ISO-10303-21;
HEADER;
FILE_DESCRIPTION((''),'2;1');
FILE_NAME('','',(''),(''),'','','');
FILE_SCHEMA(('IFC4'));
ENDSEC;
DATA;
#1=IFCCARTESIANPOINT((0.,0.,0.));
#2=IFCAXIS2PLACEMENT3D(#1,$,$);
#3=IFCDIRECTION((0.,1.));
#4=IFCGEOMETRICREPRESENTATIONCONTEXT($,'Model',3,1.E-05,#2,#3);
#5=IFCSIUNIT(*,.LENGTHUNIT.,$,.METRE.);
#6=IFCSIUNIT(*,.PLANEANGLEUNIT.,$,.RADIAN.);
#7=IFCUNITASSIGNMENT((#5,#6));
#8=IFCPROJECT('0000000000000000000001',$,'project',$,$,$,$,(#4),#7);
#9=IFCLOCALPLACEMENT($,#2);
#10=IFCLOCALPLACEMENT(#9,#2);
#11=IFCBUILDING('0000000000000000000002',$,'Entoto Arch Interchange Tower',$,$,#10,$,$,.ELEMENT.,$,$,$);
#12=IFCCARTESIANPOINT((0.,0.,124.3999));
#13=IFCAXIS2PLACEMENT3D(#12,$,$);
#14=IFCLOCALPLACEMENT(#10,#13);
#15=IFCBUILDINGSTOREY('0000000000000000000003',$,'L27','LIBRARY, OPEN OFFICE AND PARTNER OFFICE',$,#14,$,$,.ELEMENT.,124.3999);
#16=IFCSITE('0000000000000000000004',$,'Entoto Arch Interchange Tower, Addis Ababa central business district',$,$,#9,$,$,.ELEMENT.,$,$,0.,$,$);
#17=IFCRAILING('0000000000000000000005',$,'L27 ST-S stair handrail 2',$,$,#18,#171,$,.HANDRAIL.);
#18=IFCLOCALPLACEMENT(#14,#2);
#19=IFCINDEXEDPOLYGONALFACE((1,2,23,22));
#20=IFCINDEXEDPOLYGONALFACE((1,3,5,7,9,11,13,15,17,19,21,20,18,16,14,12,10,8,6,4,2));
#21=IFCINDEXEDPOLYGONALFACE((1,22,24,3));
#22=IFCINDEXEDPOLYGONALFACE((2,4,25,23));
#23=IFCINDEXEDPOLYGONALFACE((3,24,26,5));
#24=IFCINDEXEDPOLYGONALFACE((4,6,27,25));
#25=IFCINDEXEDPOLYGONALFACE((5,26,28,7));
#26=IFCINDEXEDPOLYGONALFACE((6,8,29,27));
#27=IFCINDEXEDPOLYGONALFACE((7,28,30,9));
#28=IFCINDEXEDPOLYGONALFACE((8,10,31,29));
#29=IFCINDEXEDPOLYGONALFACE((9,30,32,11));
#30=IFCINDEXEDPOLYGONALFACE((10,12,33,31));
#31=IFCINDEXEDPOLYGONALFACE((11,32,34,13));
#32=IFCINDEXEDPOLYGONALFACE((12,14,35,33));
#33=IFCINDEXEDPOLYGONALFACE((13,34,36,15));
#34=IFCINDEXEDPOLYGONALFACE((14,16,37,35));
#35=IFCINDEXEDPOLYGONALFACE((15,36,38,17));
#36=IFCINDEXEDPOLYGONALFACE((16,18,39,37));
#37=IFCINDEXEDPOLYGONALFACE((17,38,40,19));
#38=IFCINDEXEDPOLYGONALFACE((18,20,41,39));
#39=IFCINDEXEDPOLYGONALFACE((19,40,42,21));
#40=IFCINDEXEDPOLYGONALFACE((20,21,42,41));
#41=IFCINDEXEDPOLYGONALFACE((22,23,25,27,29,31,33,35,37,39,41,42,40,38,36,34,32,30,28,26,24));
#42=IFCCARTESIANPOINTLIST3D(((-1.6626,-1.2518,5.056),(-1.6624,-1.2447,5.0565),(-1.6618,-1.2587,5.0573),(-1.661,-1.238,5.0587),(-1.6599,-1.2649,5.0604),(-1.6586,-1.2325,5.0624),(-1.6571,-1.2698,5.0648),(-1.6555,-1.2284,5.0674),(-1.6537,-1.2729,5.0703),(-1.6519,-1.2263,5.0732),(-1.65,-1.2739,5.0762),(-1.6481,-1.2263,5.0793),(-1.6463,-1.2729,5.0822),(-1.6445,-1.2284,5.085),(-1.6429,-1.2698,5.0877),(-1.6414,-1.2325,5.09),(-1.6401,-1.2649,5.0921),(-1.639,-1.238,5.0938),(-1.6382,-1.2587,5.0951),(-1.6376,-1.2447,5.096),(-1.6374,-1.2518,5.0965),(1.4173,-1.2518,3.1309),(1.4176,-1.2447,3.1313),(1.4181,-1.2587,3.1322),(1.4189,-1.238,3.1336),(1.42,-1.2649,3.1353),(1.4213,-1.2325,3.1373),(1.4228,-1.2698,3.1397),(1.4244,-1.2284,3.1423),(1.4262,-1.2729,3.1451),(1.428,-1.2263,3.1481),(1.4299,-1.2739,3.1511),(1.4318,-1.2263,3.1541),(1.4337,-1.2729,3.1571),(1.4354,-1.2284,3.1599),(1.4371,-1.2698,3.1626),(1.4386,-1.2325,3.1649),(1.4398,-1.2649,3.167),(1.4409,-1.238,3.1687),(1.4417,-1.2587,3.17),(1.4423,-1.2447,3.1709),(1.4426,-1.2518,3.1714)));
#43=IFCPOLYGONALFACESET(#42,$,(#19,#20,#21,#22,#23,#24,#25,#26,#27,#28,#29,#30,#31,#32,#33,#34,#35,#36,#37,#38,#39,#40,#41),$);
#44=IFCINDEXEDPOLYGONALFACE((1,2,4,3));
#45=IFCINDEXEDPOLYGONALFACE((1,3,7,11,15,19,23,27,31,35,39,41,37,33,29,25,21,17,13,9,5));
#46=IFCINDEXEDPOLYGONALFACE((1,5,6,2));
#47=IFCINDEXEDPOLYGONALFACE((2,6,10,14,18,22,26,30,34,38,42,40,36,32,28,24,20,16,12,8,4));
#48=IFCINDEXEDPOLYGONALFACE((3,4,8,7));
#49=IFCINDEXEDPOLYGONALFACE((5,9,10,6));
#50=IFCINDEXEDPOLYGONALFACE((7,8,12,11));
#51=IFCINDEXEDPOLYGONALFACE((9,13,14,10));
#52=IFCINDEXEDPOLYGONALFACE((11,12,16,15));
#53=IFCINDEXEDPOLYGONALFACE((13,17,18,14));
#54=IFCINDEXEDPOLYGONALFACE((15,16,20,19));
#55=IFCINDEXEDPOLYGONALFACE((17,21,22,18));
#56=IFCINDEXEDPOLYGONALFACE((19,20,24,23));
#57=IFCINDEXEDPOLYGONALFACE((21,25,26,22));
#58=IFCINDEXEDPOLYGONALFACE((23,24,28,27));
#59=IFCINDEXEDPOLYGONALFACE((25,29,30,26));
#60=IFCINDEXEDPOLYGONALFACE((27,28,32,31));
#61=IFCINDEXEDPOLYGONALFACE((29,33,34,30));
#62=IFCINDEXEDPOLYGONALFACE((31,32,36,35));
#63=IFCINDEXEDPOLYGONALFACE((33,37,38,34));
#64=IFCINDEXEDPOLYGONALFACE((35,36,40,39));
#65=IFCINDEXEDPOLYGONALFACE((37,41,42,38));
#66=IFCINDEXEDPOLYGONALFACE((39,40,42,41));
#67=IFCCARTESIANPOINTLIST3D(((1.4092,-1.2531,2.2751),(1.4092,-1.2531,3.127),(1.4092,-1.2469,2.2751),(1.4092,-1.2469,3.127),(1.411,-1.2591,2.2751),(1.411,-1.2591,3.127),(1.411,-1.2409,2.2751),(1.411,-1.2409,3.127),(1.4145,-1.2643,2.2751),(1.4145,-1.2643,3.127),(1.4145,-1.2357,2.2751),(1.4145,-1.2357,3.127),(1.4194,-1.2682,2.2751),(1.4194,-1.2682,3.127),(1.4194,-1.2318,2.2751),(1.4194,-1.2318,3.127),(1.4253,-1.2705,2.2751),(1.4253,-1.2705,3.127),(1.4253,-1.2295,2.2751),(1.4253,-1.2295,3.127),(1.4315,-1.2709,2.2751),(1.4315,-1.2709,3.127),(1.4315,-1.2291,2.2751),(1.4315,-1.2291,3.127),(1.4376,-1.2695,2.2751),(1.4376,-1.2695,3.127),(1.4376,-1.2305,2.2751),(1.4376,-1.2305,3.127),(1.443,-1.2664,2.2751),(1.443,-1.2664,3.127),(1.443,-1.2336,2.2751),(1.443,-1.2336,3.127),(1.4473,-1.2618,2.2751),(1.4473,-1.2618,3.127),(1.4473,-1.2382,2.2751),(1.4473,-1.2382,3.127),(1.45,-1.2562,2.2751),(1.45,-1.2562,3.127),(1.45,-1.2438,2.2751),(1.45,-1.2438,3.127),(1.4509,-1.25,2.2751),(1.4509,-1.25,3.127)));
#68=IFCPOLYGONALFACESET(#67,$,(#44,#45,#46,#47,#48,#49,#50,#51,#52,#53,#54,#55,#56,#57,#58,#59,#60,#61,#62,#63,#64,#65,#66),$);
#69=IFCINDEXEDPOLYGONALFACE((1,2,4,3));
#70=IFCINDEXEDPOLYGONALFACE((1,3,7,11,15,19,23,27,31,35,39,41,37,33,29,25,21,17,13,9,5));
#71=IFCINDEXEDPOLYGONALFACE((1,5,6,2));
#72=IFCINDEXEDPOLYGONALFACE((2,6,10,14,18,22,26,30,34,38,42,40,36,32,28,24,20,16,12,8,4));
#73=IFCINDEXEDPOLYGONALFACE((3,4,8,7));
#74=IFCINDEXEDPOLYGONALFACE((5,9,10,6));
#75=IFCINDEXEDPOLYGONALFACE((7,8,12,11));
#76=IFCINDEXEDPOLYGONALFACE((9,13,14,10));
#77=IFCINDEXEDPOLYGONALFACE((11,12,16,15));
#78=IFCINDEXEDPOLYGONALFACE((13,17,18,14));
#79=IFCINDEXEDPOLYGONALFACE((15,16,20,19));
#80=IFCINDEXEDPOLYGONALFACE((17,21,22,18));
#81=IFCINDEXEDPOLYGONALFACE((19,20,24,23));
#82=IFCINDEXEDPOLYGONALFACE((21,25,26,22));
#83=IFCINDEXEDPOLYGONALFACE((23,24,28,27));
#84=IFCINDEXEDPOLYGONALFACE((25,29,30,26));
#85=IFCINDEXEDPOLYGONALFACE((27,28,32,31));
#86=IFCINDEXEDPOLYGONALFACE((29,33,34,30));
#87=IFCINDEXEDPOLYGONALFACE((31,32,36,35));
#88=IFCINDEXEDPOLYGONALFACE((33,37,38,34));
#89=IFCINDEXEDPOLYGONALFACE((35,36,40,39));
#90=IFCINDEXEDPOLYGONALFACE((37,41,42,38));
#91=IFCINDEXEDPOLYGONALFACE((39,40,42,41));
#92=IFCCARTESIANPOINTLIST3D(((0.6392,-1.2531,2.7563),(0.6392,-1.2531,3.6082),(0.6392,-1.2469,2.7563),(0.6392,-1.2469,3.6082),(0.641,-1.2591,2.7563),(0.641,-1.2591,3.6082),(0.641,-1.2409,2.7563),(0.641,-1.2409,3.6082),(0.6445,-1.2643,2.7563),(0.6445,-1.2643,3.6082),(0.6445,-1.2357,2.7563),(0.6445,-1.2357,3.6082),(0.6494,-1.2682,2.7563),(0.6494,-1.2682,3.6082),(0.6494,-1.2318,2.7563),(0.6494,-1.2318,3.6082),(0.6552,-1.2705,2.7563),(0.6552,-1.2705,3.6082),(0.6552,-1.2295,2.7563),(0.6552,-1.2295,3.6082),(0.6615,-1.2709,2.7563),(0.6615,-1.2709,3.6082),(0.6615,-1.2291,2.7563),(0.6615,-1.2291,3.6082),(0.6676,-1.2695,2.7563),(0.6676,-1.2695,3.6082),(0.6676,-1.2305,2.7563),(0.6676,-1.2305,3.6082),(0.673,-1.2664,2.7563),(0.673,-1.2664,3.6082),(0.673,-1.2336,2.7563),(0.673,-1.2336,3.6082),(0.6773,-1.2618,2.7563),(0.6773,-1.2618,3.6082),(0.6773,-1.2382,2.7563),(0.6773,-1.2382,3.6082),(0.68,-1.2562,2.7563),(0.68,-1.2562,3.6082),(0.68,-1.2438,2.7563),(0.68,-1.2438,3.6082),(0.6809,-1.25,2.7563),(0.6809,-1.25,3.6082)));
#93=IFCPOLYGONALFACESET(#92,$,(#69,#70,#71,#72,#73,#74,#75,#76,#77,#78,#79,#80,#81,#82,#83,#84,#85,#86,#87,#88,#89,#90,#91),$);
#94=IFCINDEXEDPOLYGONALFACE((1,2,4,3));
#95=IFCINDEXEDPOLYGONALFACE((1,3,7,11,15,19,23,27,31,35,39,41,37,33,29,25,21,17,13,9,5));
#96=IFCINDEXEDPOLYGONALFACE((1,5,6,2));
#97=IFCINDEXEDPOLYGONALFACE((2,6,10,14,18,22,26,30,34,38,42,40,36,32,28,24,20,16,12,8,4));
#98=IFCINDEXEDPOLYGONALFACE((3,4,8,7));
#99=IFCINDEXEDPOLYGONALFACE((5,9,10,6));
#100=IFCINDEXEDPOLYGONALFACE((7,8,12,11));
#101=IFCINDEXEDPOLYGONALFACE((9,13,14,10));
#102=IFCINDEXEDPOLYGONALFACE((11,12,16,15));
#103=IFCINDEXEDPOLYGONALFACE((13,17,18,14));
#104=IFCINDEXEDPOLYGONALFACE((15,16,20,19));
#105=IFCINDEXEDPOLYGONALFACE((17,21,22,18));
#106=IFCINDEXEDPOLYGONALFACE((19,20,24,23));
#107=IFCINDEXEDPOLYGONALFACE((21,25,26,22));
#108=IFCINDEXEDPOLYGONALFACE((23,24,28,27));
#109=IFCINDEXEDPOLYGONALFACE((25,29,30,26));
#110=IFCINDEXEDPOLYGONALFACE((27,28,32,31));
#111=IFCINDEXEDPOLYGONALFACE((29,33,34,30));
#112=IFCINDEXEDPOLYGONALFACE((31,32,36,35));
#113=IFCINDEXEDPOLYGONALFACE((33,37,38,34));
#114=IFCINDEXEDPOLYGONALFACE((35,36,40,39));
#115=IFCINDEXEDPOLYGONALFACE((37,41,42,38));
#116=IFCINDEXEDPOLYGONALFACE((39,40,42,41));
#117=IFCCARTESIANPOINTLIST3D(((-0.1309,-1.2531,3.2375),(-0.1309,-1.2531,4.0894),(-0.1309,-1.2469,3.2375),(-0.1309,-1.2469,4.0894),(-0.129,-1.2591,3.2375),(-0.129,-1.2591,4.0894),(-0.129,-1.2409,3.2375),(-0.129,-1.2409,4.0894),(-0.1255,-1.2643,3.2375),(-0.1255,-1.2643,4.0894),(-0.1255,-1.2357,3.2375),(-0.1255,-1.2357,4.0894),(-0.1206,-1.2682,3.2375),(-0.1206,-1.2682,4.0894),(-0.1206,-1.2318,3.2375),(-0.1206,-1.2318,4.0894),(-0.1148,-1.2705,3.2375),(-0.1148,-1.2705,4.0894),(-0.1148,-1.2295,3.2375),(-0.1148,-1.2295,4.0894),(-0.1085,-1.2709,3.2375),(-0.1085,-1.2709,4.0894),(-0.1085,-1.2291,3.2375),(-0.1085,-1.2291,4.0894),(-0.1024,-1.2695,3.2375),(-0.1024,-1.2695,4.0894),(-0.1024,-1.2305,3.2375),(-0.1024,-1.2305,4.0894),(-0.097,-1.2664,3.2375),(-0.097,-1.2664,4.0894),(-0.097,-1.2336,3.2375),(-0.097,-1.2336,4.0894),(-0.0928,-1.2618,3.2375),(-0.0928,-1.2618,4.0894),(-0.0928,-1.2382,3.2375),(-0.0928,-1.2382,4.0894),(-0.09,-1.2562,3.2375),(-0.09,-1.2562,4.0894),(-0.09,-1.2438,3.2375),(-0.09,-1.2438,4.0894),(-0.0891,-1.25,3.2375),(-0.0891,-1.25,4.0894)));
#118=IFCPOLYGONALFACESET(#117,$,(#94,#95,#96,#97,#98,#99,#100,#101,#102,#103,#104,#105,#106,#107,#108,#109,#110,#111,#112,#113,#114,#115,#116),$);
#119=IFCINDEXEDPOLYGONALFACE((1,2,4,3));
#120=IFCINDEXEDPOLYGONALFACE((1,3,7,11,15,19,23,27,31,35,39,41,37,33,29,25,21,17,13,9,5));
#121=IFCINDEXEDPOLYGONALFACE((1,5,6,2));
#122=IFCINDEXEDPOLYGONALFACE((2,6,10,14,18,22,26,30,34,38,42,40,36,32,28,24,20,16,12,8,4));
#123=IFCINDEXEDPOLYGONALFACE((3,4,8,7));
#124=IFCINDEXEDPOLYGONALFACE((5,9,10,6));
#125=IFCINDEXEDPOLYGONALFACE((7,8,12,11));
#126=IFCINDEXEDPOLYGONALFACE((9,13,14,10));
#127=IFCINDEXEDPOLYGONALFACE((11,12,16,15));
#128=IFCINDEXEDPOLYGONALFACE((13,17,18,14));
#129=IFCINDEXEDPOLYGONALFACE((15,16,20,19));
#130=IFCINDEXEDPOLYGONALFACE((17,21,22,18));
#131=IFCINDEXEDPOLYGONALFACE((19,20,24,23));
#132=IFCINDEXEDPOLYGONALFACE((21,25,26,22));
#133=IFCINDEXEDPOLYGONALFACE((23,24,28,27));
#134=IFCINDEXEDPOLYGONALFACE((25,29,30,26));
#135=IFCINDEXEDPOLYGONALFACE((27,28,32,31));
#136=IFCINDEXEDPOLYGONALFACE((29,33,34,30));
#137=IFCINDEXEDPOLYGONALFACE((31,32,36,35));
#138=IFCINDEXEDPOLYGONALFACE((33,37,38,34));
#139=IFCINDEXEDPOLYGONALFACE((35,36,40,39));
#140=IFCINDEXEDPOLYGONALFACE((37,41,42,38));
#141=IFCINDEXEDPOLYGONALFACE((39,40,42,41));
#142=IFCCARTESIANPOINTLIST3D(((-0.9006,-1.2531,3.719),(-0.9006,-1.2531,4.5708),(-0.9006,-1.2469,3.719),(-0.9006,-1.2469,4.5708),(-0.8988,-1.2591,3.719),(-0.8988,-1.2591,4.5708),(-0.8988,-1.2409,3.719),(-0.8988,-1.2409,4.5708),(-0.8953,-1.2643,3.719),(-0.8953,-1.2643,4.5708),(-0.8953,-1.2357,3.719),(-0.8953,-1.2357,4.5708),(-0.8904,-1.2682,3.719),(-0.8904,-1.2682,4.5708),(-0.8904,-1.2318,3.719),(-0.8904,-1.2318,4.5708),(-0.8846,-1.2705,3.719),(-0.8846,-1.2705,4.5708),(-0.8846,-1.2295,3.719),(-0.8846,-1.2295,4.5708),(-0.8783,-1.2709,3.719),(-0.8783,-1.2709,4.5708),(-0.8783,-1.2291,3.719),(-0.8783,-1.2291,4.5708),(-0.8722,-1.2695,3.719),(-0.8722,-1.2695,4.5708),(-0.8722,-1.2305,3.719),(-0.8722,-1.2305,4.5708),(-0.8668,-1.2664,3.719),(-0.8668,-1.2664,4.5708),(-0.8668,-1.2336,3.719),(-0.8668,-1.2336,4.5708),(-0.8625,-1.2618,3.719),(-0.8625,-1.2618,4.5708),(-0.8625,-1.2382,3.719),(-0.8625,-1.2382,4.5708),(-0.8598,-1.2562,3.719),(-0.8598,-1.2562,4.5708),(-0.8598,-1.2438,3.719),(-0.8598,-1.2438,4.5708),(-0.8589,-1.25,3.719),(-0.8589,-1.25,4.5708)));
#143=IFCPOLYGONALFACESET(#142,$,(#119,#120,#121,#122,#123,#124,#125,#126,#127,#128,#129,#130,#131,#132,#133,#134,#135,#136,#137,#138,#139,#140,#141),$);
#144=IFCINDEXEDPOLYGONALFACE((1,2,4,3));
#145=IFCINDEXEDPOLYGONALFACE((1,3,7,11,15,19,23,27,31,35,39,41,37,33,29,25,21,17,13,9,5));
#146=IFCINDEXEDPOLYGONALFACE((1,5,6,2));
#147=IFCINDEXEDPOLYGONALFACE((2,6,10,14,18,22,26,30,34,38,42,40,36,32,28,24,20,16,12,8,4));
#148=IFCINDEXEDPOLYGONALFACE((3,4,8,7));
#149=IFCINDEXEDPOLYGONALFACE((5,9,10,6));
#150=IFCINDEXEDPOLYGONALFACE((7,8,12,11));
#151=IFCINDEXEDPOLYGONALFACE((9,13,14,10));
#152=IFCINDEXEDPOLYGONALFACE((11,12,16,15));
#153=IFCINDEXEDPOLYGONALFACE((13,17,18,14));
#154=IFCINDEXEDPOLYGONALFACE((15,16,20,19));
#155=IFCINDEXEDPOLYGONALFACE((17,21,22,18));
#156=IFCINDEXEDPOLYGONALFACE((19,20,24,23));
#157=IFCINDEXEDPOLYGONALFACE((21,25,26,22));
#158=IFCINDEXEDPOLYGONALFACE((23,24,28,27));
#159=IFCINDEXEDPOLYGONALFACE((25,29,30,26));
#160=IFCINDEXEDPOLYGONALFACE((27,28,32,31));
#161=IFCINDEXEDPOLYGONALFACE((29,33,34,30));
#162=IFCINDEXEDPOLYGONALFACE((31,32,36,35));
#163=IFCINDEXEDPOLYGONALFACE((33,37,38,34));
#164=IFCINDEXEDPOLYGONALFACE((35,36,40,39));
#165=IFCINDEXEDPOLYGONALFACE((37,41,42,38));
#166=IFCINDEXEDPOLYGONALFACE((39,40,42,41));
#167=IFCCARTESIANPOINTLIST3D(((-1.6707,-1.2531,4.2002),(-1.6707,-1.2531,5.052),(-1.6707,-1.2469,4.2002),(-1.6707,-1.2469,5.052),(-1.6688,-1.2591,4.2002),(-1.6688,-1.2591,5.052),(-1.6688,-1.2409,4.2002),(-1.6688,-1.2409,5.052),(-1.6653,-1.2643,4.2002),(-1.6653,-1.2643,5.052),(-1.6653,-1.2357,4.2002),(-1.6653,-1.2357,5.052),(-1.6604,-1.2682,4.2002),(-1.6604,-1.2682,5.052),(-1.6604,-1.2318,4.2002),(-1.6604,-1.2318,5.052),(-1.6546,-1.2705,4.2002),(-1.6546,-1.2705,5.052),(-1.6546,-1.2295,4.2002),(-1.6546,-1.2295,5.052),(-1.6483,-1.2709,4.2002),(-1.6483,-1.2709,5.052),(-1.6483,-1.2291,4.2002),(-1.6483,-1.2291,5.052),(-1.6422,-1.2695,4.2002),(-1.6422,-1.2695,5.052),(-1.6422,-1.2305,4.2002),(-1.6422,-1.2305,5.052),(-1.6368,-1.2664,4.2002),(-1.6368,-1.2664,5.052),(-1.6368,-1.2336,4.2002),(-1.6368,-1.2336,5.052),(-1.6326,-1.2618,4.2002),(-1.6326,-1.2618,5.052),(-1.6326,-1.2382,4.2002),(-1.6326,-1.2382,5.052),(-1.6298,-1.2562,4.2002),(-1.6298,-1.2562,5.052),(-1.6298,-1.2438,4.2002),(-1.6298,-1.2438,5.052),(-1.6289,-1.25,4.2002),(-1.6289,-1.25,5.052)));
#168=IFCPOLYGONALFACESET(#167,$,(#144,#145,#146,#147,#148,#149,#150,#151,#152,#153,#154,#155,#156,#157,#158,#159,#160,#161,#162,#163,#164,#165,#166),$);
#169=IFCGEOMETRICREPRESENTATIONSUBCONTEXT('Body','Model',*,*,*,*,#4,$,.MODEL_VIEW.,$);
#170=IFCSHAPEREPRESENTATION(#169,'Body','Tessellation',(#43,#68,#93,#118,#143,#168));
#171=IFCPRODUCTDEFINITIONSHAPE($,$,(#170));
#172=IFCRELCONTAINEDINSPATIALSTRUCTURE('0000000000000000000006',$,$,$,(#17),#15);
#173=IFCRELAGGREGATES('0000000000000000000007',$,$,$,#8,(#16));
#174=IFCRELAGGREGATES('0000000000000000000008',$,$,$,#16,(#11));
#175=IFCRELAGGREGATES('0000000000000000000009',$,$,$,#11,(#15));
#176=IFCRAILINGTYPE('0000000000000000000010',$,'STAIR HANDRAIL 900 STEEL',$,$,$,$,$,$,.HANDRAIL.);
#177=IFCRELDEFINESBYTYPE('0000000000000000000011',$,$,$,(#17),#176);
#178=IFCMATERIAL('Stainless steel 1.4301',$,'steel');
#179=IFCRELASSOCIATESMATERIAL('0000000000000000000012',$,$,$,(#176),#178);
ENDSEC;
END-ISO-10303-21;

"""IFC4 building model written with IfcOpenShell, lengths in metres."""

from ifc_helpers import new_model, si_unit, direction, frame, origin, origin_2d, place, context, subcontext, project, spatial, circle, extrude, material, type_object, element, save


model = new_model("IFC4")

# Units and contexts
model_context = context("Model", 3, precision=1e-05, world=origin(), true_north=direction((0.0, 1.0)))
body_context = subcontext(model_context, "Body", "Model", "MODEL_VIEW")
ifc_project = project(units=[si_unit("LENGTHUNIT", "METRE"), si_unit("PLANEANGLEUNIT", "RADIAN")], contexts=[model_context])

# Site, building, storey
site_placement = place(None, origin())
site = spatial("IfcSite", under=ifc_project, at=site_placement, Name="Entoto Arch Interchange Tower, Addis Ababa central business district", CompositionType="ELEMENT", RefElevation=0.0)
building_placement = place(site_placement, origin())
building = spatial("IfcBuilding", under=site, at=building_placement, Name="Entoto Arch Interchange Tower", CompositionType="ELEMENT")
storey_placement = place(building_placement, frame((0.0, 0.0, 124.3999)))
storey = spatial("IfcBuildingStorey", under=building, at=storey_placement, Name="L27", Description="LIBRARY, OPEN OFFICE AND PARTNER OFFICE", CompositionType="ELEMENT", Elevation=124.3999)

# Railing
ifc_material_1 = material(Name="Stainless steel 1.4301", Category="steel")
railing_type_1 = type_object("IfcRailingType", Name="STAIR HANDRAIL 900 STEEL", PredefinedType="HANDRAIL", material=ifc_material_1)
railing_1_placement = place(storey_placement, frame((1.4299, -1.25, 2.2751)))
element("IfcRailing", 1, at=railing_1_placement, inside=storey, type_object=railing_type_1, Name="L27 ST-S stair handrail 2", PredefinedType="HANDRAIL", context=body_context, shape_type="SweptSolid", body=[
    extrude(circle(Radius=0.0239, at=origin_2d()), frame((0.0, 0.0, 0.876), z_axis=(-0.847979, 0.0, 0.530029), x_axis=(0.0, -1.0, 0.0)), (0.0, 0.0, 1.0), 3.6321),
    extrude(circle(Radius=0.021, at=origin_2d()), origin(), (0.0, 0.0, 1.0), 0.8518),
    extrude(circle(Radius=0.021, at=origin_2d()), frame((-0.77, 0.0, 0.4812)), (0.0, 0.0, 1.0), 0.8518),
    extrude(circle(Radius=0.021, at=origin_2d()), frame((-1.54, 0.0, 0.9624)), (0.0, 0.0, 1.0), 0.8518),
    extrude(circle(Radius=0.021, at=origin_2d()), frame((-2.3098, 0.0, 1.4438)), (0.0, 0.0, 1.0), 0.8518),
    extrude(circle(Radius=0.021, at=origin_2d()), frame((-3.0798, 0.0, 1.925)), (0.0, 0.0, 1.0), 0.8518),
])

save(model, "model.ifc")
